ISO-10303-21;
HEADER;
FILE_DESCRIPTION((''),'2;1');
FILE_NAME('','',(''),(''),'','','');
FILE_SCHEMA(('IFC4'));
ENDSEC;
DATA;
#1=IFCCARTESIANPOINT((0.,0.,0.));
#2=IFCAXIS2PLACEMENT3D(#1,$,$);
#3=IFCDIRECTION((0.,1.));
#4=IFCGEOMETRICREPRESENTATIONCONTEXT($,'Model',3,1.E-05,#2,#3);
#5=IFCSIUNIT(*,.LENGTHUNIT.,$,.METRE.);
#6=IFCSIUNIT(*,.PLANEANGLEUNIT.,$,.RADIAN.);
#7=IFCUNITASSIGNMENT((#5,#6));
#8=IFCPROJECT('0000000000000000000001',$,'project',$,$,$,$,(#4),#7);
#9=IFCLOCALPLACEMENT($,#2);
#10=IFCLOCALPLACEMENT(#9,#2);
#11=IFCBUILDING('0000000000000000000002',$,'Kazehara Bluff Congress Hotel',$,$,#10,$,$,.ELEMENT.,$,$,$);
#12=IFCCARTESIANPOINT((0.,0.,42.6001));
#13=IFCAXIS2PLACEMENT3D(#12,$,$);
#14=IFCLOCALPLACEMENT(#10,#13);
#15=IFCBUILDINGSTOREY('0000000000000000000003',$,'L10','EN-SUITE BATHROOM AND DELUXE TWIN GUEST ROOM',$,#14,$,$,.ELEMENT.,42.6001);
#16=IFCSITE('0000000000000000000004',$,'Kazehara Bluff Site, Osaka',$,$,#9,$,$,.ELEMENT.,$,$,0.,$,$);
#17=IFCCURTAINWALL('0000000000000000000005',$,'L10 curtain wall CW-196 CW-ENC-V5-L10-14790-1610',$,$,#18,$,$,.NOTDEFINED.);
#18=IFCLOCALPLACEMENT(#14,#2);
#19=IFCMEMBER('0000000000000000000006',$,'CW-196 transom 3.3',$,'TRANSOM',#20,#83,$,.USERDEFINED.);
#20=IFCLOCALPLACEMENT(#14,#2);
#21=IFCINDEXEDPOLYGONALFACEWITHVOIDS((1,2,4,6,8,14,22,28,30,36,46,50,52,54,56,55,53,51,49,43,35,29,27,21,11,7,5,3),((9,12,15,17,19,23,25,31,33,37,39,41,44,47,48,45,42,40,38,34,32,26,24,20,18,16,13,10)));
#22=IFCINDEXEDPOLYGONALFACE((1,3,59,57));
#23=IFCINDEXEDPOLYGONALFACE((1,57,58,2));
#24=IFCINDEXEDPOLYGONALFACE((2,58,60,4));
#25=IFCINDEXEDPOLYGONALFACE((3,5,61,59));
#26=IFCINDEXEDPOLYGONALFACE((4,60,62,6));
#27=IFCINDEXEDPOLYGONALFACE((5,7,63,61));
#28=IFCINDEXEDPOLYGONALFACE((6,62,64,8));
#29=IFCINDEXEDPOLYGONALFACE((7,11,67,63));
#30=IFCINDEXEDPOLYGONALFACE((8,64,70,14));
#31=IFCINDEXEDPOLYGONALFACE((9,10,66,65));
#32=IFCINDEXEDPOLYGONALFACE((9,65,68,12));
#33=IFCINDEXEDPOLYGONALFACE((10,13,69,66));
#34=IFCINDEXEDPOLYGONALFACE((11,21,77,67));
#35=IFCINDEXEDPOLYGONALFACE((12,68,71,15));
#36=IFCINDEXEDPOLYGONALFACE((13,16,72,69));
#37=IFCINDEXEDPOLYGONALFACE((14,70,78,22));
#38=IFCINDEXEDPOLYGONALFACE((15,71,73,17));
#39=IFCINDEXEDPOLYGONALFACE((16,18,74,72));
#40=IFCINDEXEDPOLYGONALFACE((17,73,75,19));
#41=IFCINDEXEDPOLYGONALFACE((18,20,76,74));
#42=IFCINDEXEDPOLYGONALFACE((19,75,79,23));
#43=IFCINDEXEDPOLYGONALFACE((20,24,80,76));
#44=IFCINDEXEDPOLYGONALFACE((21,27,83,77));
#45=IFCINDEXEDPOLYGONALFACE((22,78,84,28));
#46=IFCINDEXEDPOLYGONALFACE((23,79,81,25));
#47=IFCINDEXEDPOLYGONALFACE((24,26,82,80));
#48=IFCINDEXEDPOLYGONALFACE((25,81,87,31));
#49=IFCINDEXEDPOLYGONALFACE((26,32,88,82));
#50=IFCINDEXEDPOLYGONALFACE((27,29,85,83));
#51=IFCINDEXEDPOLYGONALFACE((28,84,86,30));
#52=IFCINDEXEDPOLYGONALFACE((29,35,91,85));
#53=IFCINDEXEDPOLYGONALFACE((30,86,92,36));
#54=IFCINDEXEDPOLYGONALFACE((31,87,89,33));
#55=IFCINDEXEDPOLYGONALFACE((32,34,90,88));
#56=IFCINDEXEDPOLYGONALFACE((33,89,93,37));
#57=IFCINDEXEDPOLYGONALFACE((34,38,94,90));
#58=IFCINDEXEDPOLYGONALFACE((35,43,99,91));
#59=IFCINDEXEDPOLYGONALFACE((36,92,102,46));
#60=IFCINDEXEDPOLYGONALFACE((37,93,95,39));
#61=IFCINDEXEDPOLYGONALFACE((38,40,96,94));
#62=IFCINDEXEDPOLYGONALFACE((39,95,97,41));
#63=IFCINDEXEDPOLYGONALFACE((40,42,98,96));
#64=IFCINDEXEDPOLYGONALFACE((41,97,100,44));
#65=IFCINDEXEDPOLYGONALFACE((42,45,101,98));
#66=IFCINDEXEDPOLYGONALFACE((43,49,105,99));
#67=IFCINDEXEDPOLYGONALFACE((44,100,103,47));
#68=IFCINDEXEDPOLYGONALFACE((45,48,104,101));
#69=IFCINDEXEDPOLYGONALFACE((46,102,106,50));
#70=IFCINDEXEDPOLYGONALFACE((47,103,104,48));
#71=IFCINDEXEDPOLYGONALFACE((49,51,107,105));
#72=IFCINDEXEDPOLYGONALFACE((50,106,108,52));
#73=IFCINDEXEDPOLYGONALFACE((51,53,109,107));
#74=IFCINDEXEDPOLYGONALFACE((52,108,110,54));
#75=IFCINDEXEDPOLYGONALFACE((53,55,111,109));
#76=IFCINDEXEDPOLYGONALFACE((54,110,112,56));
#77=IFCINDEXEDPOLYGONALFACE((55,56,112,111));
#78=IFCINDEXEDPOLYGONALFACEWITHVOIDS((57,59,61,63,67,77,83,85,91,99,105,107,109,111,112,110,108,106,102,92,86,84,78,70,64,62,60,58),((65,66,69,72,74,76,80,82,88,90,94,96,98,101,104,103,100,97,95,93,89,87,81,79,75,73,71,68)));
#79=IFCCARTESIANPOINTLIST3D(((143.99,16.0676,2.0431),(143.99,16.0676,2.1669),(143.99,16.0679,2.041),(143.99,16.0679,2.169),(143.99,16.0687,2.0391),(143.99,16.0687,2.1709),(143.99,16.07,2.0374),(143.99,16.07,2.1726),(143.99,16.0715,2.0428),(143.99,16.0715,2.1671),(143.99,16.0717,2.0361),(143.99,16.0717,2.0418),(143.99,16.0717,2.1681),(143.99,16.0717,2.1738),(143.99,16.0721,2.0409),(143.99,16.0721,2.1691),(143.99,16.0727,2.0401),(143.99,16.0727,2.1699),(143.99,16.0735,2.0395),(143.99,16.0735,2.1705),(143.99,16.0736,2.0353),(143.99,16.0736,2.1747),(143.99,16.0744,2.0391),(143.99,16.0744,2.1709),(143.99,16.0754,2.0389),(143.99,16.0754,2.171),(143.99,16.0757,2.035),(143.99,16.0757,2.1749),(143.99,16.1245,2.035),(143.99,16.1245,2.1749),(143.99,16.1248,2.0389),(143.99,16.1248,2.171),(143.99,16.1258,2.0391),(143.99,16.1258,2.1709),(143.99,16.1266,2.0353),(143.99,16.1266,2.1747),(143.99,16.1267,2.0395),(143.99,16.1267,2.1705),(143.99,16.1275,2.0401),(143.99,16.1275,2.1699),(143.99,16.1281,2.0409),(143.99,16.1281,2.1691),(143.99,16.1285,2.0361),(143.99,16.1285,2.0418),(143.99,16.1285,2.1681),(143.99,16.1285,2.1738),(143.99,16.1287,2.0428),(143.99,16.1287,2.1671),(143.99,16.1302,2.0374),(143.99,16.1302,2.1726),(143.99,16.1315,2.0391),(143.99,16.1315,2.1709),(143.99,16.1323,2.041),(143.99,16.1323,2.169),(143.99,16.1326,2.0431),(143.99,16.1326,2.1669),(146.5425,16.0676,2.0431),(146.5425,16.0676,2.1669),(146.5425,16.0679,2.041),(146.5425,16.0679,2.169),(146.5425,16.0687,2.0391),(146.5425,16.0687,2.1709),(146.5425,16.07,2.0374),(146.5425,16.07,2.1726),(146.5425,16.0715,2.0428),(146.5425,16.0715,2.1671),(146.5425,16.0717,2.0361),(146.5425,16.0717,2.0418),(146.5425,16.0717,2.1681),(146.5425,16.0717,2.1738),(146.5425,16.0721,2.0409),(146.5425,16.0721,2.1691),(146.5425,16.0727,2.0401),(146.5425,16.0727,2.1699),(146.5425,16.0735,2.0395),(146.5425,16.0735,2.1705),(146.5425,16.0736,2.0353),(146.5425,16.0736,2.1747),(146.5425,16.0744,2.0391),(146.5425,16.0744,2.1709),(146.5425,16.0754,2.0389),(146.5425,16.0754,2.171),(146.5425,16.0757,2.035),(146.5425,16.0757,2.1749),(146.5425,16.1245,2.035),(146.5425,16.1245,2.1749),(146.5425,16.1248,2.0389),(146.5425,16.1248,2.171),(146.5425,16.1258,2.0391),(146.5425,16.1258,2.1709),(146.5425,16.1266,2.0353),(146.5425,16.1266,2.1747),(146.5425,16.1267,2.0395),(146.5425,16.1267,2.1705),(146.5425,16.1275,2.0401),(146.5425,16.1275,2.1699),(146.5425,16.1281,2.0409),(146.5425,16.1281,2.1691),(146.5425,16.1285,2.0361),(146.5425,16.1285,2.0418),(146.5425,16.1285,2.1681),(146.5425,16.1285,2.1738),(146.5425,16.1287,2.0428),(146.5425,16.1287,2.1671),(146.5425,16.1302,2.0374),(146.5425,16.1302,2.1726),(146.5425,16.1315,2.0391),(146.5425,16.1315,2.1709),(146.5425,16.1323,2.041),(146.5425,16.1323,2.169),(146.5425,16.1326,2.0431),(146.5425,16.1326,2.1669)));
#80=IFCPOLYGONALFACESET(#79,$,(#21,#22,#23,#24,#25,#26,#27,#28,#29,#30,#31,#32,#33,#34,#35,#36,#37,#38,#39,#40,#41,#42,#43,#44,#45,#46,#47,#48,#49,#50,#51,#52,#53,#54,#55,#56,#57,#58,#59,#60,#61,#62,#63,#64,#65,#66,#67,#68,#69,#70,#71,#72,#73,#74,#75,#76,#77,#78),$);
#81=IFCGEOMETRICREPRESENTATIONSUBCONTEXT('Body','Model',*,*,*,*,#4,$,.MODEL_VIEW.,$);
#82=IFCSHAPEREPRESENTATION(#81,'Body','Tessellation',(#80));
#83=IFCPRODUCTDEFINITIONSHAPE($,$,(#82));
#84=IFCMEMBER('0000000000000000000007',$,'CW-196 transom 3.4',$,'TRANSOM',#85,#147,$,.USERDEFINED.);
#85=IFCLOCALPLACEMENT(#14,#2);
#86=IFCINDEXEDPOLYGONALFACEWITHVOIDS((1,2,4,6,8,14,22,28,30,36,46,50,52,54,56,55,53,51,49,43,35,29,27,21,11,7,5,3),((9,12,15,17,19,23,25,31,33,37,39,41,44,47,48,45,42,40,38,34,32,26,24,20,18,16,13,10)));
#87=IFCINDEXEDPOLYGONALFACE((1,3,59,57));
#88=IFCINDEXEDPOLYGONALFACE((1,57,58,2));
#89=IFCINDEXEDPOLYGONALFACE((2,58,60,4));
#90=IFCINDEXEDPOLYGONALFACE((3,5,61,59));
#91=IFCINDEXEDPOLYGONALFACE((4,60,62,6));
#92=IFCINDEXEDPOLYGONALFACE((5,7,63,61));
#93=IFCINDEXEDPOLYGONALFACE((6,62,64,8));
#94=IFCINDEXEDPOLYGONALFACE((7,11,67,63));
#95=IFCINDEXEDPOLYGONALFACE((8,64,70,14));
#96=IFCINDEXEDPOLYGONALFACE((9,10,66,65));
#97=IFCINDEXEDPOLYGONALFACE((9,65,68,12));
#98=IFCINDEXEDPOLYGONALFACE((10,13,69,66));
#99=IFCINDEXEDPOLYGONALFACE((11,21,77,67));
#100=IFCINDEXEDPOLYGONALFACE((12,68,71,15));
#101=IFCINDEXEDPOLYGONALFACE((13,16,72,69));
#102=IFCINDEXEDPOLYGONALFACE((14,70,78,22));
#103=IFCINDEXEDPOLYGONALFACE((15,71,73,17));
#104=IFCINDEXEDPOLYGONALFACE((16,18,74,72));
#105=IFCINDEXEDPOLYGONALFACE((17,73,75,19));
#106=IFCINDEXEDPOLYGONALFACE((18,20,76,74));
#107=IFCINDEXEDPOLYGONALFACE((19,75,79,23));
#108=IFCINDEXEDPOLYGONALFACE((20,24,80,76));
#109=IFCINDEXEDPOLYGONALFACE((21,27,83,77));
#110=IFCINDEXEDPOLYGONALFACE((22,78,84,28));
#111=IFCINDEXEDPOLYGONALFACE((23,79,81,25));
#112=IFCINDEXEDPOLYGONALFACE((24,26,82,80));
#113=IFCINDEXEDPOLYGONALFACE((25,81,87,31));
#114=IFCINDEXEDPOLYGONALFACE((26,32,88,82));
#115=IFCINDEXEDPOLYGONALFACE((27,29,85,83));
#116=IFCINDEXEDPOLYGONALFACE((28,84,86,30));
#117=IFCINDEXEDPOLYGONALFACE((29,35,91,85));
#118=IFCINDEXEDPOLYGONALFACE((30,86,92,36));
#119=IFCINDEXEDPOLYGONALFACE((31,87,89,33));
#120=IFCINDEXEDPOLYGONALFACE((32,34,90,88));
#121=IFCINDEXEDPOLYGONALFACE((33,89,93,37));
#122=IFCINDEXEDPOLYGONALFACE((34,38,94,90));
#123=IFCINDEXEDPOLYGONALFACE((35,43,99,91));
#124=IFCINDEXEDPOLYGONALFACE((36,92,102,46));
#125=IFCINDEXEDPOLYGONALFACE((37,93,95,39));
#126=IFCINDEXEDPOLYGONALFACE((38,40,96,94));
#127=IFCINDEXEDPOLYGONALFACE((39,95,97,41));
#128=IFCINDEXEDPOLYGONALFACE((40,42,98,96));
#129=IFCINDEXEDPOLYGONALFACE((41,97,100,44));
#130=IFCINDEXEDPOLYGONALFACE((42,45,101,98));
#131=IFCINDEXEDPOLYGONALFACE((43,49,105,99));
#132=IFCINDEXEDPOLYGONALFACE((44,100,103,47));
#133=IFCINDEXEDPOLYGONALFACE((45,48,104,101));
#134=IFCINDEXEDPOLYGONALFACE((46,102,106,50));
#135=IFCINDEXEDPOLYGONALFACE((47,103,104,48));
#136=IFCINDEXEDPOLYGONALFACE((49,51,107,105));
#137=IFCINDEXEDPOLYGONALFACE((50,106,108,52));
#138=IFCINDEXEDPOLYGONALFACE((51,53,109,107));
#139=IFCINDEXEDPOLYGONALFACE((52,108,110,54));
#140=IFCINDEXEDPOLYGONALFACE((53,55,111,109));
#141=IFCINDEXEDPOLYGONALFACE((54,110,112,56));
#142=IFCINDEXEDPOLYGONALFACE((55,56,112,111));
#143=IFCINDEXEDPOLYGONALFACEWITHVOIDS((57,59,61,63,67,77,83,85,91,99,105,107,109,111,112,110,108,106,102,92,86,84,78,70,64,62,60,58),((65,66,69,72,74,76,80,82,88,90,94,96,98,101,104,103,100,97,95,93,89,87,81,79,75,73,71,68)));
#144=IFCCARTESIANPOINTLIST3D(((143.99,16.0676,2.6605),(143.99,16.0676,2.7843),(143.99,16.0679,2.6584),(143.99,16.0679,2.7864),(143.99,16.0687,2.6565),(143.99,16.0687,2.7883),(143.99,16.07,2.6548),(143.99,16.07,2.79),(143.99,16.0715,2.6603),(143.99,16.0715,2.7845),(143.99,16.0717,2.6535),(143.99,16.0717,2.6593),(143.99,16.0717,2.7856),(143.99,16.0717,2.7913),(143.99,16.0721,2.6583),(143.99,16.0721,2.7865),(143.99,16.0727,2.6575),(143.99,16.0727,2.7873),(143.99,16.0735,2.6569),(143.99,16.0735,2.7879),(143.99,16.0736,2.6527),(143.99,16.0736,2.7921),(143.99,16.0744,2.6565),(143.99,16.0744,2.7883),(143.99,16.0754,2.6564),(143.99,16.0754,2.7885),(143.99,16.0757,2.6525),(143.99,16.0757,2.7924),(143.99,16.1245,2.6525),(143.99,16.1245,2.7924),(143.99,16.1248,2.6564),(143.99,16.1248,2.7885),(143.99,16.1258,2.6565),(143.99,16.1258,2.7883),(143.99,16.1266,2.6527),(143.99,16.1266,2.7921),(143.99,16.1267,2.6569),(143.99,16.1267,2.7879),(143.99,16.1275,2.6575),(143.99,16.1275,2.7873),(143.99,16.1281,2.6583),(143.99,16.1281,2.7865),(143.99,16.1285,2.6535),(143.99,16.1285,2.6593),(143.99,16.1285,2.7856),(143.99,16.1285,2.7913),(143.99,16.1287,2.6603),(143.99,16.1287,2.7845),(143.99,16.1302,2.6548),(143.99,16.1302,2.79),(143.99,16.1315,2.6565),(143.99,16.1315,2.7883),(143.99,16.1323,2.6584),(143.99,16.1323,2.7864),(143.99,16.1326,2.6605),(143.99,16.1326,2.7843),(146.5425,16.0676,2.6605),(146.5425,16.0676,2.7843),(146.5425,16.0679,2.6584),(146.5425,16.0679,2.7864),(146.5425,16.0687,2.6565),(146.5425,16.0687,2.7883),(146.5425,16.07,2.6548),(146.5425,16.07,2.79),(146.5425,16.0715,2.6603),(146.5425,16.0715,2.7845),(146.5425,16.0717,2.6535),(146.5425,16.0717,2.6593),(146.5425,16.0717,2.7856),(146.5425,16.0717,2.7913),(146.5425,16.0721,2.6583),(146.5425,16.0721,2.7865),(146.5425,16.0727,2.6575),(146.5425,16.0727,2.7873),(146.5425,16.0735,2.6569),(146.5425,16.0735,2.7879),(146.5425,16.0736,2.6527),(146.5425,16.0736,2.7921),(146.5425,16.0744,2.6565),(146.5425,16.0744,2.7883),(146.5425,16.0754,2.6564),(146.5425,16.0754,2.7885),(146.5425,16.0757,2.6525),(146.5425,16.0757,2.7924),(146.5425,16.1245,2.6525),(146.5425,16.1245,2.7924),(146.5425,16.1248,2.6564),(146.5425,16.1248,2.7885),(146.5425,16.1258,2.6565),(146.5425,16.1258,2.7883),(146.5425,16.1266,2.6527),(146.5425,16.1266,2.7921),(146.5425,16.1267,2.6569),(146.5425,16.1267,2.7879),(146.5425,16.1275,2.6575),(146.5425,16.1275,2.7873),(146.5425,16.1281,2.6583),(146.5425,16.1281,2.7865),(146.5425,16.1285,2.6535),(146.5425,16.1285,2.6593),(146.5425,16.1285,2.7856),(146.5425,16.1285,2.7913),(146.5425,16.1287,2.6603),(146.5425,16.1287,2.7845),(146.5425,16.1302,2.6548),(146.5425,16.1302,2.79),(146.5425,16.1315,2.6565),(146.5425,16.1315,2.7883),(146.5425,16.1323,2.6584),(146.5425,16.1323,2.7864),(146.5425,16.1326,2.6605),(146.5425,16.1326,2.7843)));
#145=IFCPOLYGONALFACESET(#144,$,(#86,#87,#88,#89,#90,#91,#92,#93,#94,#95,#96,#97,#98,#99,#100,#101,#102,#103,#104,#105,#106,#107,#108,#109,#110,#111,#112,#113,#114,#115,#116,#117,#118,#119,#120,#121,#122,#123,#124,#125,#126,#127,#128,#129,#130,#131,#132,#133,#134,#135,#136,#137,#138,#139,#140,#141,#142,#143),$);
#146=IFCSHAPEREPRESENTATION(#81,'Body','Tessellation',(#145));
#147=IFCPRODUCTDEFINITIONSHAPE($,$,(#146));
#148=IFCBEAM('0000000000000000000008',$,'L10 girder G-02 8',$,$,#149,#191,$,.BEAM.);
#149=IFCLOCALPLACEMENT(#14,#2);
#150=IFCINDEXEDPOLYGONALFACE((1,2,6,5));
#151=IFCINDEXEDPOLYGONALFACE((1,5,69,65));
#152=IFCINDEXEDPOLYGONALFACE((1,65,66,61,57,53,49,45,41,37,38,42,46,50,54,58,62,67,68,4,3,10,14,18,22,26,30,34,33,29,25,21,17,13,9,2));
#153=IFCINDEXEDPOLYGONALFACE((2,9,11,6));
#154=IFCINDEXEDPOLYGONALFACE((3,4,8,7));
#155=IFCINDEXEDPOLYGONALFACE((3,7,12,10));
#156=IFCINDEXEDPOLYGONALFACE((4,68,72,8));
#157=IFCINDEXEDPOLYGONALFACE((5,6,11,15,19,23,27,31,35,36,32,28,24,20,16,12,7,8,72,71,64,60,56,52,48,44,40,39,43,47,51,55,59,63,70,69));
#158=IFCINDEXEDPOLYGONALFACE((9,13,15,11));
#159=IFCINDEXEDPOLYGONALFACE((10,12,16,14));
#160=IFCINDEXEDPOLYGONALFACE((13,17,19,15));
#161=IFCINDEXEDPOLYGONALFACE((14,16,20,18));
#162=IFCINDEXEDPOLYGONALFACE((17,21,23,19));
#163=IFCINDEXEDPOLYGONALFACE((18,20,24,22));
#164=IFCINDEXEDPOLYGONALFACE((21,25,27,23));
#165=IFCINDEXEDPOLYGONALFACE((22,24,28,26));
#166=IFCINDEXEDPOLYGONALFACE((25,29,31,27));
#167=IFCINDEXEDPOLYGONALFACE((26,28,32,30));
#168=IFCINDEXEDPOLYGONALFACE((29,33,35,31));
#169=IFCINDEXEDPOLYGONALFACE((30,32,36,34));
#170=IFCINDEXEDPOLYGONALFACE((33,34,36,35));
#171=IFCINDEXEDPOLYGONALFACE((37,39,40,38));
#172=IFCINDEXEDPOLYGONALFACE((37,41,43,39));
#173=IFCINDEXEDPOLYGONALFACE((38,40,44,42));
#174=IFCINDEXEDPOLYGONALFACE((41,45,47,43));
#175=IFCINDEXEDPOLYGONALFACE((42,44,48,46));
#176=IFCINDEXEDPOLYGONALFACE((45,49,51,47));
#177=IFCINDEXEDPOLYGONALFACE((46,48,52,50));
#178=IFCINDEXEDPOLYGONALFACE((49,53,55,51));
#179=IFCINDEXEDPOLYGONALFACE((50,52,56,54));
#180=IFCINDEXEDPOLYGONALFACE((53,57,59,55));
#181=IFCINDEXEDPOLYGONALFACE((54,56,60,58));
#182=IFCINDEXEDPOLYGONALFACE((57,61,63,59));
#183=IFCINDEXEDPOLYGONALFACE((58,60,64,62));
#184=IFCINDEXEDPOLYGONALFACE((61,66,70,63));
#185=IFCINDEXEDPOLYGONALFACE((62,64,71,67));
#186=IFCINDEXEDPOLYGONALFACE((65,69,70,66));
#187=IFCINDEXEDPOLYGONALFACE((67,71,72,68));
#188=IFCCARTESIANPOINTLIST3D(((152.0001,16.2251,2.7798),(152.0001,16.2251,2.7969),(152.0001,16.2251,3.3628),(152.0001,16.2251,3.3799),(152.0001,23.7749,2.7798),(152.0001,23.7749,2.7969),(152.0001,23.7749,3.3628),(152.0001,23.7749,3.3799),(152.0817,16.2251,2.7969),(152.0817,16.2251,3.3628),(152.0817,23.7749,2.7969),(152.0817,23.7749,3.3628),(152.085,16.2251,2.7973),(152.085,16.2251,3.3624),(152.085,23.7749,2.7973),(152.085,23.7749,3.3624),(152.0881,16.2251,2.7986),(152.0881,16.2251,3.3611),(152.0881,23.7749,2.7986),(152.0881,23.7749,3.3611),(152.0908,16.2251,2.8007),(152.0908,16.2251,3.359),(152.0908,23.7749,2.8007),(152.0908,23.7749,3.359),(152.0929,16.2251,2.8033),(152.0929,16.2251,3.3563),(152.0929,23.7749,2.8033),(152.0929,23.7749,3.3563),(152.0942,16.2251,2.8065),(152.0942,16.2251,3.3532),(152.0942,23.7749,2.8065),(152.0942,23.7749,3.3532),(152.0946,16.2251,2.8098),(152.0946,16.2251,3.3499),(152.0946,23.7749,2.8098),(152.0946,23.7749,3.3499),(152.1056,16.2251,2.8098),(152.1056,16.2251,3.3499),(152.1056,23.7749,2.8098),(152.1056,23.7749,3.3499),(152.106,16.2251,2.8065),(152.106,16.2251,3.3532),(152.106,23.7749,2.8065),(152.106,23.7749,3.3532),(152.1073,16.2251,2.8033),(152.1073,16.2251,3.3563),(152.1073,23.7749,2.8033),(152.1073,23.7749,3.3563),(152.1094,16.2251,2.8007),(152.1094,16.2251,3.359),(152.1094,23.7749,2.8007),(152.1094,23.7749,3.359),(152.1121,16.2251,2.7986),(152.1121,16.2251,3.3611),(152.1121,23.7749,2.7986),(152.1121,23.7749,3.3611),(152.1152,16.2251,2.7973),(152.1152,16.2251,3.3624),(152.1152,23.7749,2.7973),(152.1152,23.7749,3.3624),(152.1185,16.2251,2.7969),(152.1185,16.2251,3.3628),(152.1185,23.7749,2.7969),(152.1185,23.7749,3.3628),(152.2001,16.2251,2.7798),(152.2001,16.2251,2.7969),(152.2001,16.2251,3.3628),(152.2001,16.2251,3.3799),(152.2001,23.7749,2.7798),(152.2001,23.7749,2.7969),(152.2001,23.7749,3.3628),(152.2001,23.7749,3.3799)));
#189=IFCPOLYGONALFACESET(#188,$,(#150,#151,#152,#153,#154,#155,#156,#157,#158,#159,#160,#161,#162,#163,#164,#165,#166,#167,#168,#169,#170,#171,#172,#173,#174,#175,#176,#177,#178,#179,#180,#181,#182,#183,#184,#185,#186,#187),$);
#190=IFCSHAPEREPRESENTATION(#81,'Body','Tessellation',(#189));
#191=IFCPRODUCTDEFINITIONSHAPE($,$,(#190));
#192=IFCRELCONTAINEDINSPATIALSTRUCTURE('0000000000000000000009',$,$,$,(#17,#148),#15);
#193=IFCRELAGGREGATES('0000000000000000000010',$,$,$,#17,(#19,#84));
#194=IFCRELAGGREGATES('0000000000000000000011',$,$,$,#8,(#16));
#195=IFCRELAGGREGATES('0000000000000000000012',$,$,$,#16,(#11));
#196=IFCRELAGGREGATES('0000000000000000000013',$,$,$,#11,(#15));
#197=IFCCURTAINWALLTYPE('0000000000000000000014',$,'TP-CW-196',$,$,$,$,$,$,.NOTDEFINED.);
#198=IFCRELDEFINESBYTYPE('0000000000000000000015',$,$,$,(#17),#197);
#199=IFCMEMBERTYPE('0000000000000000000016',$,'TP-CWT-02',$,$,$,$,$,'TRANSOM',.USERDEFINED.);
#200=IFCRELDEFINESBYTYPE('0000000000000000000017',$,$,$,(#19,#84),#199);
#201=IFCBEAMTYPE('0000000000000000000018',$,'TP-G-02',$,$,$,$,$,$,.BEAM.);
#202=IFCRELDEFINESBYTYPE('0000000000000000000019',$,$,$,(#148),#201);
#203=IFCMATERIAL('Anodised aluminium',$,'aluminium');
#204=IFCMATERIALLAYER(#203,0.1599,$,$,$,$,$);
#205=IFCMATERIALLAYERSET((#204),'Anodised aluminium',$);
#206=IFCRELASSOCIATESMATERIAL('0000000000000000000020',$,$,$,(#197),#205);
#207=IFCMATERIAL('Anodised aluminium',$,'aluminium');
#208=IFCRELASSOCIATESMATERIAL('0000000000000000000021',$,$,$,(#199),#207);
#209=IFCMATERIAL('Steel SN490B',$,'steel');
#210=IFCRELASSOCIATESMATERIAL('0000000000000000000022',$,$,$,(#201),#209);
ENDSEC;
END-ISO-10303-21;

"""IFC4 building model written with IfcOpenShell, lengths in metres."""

from ifc_helpers import new_model, si_unit, direction, frame, origin, origin_2d, place, context, subcontext, project, spatial, hollow_rectangle, i_section, extrude, material, layer, layer_set, material_profile, profile_set, type_object, element, aggregate, save


model = new_model("IFC4")

# Units and contexts
model_context = context("Model", 3, precision=1e-05, world=origin(), true_north=direction((0.0, 1.0)))
body_context = subcontext(model_context, "Body", "Model", "MODEL_VIEW")
ifc_project = project(units=[si_unit("LENGTHUNIT", "METRE"), si_unit("PLANEANGLEUNIT", "RADIAN")], contexts=[model_context])

# Site, building, storey
site_placement = place(None, origin())
site = spatial("IfcSite", under=ifc_project, at=site_placement, Name="Kazehara Bluff Site, Osaka", CompositionType="ELEMENT", RefElevation=0.0)
building_placement = place(site_placement, origin())
building = spatial("IfcBuilding", under=site, at=building_placement, Name="Kazehara Bluff Congress Hotel", CompositionType="ELEMENT")
storey_placement = place(building_placement, frame((0.0, 0.0, 42.6001)))
storey = spatial("IfcBuildingStorey", under=building, at=storey_placement, Name="L10", Description="EN-SUITE BATHROOM AND DELUXE TWIN GUEST ROOM", CompositionType="ELEMENT", Elevation=42.6001)

# Curtain wall, members
ifc_material_1 = material(Name="Anodised aluminium", Category="aluminium")
ifc_layer_1 = layer(ifc_material_1, 0.1599)
ifc_layer_set_1 = layer_set([ifc_layer_1], Name="Anodised aluminium")
curtain_wall_type = type_object("IfcCurtainWallType", Name="TP-CW-196", PredefinedType="NOTDEFINED", material=ifc_layer_set_1)
curtain_wall_placement = place(storey_placement, origin())
curtain_wall = element("IfcCurtainWall", 1, at=curtain_wall_placement, inside=storey, type_object=curtain_wall_type, Name="L10 curtain wall CW-196 CW-ENC-V5-L10-14790-1610", PredefinedType="NOTDEFINED")
ifc_material_2 = material(Name="Anodised aluminium", Category="aluminium")
ifc_material_profile_1 = material_profile(ifc_material_2, hollow_rectangle(XDim=0.0649, YDim=0.1399, WallThickness=0.0039, InnerFilletRadius=0.0039, OuterFilletRadius=0.0081, at=origin_2d()))
ifc_profile_set_1 = profile_set([ifc_material_profile_1], Name="Anodised aluminium")
member_type_1 = type_object("IfcMemberType", Name="TP-CWT-02", ElementType="TRANSOM", PredefinedType="USERDEFINED", material=ifc_profile_set_1)
member_1_placement = place(storey_placement, frame((146.5425, 16.1001, 2.105), z_axis=(-1.0, 0.0, 0.0), x_axis=(0.0, -1.0, 0.0)))
member_1 = element("IfcMember", 2, at=member_1_placement, type_object=member_type_1, Name="CW-196 transom 3.3", ObjectType="TRANSOM", PredefinedType="USERDEFINED", context=body_context, shape_type="SweptSolid", body=[
    extrude(hollow_rectangle(XDim=0.0649, YDim=0.1399, WallThickness=0.0039, InnerFilletRadius=0.0039, OuterFilletRadius=0.0081, at=origin_2d()), origin(), (0.0, 0.0, 1.0), 2.5525),
])
member_2_placement = place(storey_placement, frame((146.5425, 16.1001, 2.7224), z_axis=(-1.0, 0.0, 0.0), x_axis=(0.0, -1.0, 0.0)))
member_2 = element("IfcMember", 3, at=member_2_placement, type_object=member_type_1, Name="CW-196 transom 3.4", ObjectType="TRANSOM", PredefinedType="USERDEFINED", context=body_context, shape_type="SweptSolid", body=[
    extrude(hollow_rectangle(XDim=0.0649, YDim=0.1399, WallThickness=0.0039, InnerFilletRadius=0.0039, OuterFilletRadius=0.0081, at=origin_2d()), origin(), (0.0, 0.0, 1.0), 2.5525),
])

# Beam
ifc_material_3 = material(Name="Steel SN490B", Category="steel")
ifc_material_profile_2 = material_profile(ifc_material_3, i_section(OverallWidth=0.2, OverallDepth=0.6001, WebThickness=0.011, FlangeThickness=0.0171, FilletRadius=0.0129, at=origin_2d()))
ifc_profile_set_2 = profile_set([ifc_material_profile_2], Name="Steel SN490B")
beam_type_1 = type_object("IfcBeamType", Name="TP-G-02", PredefinedType="BEAM", material=ifc_profile_set_2)
for number, where, z_axis, x_axis, name in (
    (4, (152.1001, 16.2251, 3.0798), (0.0, 1.0, 0.0), (-1.0, 0.0, 0.0), "L10 girder G-02 8"),
):
    element("IfcBeam", number, at=place(storey_placement, frame(where, z_axis=z_axis, x_axis=x_axis)), inside=storey, type_object=beam_type_1, Name=name, PredefinedType="BEAM", context=body_context, shape_type="SweptSolid", body=[
        extrude(i_section(OverallWidth=0.2, OverallDepth=0.6001, WebThickness=0.011, FlangeThickness=0.0171, FilletRadius=0.0129, at=origin_2d()), origin(), (0.0, 0.0, 1.0), 7.5498),
    ])

aggregate(curtain_wall, [member_1, member_2])

save(model, "model.ifc")
